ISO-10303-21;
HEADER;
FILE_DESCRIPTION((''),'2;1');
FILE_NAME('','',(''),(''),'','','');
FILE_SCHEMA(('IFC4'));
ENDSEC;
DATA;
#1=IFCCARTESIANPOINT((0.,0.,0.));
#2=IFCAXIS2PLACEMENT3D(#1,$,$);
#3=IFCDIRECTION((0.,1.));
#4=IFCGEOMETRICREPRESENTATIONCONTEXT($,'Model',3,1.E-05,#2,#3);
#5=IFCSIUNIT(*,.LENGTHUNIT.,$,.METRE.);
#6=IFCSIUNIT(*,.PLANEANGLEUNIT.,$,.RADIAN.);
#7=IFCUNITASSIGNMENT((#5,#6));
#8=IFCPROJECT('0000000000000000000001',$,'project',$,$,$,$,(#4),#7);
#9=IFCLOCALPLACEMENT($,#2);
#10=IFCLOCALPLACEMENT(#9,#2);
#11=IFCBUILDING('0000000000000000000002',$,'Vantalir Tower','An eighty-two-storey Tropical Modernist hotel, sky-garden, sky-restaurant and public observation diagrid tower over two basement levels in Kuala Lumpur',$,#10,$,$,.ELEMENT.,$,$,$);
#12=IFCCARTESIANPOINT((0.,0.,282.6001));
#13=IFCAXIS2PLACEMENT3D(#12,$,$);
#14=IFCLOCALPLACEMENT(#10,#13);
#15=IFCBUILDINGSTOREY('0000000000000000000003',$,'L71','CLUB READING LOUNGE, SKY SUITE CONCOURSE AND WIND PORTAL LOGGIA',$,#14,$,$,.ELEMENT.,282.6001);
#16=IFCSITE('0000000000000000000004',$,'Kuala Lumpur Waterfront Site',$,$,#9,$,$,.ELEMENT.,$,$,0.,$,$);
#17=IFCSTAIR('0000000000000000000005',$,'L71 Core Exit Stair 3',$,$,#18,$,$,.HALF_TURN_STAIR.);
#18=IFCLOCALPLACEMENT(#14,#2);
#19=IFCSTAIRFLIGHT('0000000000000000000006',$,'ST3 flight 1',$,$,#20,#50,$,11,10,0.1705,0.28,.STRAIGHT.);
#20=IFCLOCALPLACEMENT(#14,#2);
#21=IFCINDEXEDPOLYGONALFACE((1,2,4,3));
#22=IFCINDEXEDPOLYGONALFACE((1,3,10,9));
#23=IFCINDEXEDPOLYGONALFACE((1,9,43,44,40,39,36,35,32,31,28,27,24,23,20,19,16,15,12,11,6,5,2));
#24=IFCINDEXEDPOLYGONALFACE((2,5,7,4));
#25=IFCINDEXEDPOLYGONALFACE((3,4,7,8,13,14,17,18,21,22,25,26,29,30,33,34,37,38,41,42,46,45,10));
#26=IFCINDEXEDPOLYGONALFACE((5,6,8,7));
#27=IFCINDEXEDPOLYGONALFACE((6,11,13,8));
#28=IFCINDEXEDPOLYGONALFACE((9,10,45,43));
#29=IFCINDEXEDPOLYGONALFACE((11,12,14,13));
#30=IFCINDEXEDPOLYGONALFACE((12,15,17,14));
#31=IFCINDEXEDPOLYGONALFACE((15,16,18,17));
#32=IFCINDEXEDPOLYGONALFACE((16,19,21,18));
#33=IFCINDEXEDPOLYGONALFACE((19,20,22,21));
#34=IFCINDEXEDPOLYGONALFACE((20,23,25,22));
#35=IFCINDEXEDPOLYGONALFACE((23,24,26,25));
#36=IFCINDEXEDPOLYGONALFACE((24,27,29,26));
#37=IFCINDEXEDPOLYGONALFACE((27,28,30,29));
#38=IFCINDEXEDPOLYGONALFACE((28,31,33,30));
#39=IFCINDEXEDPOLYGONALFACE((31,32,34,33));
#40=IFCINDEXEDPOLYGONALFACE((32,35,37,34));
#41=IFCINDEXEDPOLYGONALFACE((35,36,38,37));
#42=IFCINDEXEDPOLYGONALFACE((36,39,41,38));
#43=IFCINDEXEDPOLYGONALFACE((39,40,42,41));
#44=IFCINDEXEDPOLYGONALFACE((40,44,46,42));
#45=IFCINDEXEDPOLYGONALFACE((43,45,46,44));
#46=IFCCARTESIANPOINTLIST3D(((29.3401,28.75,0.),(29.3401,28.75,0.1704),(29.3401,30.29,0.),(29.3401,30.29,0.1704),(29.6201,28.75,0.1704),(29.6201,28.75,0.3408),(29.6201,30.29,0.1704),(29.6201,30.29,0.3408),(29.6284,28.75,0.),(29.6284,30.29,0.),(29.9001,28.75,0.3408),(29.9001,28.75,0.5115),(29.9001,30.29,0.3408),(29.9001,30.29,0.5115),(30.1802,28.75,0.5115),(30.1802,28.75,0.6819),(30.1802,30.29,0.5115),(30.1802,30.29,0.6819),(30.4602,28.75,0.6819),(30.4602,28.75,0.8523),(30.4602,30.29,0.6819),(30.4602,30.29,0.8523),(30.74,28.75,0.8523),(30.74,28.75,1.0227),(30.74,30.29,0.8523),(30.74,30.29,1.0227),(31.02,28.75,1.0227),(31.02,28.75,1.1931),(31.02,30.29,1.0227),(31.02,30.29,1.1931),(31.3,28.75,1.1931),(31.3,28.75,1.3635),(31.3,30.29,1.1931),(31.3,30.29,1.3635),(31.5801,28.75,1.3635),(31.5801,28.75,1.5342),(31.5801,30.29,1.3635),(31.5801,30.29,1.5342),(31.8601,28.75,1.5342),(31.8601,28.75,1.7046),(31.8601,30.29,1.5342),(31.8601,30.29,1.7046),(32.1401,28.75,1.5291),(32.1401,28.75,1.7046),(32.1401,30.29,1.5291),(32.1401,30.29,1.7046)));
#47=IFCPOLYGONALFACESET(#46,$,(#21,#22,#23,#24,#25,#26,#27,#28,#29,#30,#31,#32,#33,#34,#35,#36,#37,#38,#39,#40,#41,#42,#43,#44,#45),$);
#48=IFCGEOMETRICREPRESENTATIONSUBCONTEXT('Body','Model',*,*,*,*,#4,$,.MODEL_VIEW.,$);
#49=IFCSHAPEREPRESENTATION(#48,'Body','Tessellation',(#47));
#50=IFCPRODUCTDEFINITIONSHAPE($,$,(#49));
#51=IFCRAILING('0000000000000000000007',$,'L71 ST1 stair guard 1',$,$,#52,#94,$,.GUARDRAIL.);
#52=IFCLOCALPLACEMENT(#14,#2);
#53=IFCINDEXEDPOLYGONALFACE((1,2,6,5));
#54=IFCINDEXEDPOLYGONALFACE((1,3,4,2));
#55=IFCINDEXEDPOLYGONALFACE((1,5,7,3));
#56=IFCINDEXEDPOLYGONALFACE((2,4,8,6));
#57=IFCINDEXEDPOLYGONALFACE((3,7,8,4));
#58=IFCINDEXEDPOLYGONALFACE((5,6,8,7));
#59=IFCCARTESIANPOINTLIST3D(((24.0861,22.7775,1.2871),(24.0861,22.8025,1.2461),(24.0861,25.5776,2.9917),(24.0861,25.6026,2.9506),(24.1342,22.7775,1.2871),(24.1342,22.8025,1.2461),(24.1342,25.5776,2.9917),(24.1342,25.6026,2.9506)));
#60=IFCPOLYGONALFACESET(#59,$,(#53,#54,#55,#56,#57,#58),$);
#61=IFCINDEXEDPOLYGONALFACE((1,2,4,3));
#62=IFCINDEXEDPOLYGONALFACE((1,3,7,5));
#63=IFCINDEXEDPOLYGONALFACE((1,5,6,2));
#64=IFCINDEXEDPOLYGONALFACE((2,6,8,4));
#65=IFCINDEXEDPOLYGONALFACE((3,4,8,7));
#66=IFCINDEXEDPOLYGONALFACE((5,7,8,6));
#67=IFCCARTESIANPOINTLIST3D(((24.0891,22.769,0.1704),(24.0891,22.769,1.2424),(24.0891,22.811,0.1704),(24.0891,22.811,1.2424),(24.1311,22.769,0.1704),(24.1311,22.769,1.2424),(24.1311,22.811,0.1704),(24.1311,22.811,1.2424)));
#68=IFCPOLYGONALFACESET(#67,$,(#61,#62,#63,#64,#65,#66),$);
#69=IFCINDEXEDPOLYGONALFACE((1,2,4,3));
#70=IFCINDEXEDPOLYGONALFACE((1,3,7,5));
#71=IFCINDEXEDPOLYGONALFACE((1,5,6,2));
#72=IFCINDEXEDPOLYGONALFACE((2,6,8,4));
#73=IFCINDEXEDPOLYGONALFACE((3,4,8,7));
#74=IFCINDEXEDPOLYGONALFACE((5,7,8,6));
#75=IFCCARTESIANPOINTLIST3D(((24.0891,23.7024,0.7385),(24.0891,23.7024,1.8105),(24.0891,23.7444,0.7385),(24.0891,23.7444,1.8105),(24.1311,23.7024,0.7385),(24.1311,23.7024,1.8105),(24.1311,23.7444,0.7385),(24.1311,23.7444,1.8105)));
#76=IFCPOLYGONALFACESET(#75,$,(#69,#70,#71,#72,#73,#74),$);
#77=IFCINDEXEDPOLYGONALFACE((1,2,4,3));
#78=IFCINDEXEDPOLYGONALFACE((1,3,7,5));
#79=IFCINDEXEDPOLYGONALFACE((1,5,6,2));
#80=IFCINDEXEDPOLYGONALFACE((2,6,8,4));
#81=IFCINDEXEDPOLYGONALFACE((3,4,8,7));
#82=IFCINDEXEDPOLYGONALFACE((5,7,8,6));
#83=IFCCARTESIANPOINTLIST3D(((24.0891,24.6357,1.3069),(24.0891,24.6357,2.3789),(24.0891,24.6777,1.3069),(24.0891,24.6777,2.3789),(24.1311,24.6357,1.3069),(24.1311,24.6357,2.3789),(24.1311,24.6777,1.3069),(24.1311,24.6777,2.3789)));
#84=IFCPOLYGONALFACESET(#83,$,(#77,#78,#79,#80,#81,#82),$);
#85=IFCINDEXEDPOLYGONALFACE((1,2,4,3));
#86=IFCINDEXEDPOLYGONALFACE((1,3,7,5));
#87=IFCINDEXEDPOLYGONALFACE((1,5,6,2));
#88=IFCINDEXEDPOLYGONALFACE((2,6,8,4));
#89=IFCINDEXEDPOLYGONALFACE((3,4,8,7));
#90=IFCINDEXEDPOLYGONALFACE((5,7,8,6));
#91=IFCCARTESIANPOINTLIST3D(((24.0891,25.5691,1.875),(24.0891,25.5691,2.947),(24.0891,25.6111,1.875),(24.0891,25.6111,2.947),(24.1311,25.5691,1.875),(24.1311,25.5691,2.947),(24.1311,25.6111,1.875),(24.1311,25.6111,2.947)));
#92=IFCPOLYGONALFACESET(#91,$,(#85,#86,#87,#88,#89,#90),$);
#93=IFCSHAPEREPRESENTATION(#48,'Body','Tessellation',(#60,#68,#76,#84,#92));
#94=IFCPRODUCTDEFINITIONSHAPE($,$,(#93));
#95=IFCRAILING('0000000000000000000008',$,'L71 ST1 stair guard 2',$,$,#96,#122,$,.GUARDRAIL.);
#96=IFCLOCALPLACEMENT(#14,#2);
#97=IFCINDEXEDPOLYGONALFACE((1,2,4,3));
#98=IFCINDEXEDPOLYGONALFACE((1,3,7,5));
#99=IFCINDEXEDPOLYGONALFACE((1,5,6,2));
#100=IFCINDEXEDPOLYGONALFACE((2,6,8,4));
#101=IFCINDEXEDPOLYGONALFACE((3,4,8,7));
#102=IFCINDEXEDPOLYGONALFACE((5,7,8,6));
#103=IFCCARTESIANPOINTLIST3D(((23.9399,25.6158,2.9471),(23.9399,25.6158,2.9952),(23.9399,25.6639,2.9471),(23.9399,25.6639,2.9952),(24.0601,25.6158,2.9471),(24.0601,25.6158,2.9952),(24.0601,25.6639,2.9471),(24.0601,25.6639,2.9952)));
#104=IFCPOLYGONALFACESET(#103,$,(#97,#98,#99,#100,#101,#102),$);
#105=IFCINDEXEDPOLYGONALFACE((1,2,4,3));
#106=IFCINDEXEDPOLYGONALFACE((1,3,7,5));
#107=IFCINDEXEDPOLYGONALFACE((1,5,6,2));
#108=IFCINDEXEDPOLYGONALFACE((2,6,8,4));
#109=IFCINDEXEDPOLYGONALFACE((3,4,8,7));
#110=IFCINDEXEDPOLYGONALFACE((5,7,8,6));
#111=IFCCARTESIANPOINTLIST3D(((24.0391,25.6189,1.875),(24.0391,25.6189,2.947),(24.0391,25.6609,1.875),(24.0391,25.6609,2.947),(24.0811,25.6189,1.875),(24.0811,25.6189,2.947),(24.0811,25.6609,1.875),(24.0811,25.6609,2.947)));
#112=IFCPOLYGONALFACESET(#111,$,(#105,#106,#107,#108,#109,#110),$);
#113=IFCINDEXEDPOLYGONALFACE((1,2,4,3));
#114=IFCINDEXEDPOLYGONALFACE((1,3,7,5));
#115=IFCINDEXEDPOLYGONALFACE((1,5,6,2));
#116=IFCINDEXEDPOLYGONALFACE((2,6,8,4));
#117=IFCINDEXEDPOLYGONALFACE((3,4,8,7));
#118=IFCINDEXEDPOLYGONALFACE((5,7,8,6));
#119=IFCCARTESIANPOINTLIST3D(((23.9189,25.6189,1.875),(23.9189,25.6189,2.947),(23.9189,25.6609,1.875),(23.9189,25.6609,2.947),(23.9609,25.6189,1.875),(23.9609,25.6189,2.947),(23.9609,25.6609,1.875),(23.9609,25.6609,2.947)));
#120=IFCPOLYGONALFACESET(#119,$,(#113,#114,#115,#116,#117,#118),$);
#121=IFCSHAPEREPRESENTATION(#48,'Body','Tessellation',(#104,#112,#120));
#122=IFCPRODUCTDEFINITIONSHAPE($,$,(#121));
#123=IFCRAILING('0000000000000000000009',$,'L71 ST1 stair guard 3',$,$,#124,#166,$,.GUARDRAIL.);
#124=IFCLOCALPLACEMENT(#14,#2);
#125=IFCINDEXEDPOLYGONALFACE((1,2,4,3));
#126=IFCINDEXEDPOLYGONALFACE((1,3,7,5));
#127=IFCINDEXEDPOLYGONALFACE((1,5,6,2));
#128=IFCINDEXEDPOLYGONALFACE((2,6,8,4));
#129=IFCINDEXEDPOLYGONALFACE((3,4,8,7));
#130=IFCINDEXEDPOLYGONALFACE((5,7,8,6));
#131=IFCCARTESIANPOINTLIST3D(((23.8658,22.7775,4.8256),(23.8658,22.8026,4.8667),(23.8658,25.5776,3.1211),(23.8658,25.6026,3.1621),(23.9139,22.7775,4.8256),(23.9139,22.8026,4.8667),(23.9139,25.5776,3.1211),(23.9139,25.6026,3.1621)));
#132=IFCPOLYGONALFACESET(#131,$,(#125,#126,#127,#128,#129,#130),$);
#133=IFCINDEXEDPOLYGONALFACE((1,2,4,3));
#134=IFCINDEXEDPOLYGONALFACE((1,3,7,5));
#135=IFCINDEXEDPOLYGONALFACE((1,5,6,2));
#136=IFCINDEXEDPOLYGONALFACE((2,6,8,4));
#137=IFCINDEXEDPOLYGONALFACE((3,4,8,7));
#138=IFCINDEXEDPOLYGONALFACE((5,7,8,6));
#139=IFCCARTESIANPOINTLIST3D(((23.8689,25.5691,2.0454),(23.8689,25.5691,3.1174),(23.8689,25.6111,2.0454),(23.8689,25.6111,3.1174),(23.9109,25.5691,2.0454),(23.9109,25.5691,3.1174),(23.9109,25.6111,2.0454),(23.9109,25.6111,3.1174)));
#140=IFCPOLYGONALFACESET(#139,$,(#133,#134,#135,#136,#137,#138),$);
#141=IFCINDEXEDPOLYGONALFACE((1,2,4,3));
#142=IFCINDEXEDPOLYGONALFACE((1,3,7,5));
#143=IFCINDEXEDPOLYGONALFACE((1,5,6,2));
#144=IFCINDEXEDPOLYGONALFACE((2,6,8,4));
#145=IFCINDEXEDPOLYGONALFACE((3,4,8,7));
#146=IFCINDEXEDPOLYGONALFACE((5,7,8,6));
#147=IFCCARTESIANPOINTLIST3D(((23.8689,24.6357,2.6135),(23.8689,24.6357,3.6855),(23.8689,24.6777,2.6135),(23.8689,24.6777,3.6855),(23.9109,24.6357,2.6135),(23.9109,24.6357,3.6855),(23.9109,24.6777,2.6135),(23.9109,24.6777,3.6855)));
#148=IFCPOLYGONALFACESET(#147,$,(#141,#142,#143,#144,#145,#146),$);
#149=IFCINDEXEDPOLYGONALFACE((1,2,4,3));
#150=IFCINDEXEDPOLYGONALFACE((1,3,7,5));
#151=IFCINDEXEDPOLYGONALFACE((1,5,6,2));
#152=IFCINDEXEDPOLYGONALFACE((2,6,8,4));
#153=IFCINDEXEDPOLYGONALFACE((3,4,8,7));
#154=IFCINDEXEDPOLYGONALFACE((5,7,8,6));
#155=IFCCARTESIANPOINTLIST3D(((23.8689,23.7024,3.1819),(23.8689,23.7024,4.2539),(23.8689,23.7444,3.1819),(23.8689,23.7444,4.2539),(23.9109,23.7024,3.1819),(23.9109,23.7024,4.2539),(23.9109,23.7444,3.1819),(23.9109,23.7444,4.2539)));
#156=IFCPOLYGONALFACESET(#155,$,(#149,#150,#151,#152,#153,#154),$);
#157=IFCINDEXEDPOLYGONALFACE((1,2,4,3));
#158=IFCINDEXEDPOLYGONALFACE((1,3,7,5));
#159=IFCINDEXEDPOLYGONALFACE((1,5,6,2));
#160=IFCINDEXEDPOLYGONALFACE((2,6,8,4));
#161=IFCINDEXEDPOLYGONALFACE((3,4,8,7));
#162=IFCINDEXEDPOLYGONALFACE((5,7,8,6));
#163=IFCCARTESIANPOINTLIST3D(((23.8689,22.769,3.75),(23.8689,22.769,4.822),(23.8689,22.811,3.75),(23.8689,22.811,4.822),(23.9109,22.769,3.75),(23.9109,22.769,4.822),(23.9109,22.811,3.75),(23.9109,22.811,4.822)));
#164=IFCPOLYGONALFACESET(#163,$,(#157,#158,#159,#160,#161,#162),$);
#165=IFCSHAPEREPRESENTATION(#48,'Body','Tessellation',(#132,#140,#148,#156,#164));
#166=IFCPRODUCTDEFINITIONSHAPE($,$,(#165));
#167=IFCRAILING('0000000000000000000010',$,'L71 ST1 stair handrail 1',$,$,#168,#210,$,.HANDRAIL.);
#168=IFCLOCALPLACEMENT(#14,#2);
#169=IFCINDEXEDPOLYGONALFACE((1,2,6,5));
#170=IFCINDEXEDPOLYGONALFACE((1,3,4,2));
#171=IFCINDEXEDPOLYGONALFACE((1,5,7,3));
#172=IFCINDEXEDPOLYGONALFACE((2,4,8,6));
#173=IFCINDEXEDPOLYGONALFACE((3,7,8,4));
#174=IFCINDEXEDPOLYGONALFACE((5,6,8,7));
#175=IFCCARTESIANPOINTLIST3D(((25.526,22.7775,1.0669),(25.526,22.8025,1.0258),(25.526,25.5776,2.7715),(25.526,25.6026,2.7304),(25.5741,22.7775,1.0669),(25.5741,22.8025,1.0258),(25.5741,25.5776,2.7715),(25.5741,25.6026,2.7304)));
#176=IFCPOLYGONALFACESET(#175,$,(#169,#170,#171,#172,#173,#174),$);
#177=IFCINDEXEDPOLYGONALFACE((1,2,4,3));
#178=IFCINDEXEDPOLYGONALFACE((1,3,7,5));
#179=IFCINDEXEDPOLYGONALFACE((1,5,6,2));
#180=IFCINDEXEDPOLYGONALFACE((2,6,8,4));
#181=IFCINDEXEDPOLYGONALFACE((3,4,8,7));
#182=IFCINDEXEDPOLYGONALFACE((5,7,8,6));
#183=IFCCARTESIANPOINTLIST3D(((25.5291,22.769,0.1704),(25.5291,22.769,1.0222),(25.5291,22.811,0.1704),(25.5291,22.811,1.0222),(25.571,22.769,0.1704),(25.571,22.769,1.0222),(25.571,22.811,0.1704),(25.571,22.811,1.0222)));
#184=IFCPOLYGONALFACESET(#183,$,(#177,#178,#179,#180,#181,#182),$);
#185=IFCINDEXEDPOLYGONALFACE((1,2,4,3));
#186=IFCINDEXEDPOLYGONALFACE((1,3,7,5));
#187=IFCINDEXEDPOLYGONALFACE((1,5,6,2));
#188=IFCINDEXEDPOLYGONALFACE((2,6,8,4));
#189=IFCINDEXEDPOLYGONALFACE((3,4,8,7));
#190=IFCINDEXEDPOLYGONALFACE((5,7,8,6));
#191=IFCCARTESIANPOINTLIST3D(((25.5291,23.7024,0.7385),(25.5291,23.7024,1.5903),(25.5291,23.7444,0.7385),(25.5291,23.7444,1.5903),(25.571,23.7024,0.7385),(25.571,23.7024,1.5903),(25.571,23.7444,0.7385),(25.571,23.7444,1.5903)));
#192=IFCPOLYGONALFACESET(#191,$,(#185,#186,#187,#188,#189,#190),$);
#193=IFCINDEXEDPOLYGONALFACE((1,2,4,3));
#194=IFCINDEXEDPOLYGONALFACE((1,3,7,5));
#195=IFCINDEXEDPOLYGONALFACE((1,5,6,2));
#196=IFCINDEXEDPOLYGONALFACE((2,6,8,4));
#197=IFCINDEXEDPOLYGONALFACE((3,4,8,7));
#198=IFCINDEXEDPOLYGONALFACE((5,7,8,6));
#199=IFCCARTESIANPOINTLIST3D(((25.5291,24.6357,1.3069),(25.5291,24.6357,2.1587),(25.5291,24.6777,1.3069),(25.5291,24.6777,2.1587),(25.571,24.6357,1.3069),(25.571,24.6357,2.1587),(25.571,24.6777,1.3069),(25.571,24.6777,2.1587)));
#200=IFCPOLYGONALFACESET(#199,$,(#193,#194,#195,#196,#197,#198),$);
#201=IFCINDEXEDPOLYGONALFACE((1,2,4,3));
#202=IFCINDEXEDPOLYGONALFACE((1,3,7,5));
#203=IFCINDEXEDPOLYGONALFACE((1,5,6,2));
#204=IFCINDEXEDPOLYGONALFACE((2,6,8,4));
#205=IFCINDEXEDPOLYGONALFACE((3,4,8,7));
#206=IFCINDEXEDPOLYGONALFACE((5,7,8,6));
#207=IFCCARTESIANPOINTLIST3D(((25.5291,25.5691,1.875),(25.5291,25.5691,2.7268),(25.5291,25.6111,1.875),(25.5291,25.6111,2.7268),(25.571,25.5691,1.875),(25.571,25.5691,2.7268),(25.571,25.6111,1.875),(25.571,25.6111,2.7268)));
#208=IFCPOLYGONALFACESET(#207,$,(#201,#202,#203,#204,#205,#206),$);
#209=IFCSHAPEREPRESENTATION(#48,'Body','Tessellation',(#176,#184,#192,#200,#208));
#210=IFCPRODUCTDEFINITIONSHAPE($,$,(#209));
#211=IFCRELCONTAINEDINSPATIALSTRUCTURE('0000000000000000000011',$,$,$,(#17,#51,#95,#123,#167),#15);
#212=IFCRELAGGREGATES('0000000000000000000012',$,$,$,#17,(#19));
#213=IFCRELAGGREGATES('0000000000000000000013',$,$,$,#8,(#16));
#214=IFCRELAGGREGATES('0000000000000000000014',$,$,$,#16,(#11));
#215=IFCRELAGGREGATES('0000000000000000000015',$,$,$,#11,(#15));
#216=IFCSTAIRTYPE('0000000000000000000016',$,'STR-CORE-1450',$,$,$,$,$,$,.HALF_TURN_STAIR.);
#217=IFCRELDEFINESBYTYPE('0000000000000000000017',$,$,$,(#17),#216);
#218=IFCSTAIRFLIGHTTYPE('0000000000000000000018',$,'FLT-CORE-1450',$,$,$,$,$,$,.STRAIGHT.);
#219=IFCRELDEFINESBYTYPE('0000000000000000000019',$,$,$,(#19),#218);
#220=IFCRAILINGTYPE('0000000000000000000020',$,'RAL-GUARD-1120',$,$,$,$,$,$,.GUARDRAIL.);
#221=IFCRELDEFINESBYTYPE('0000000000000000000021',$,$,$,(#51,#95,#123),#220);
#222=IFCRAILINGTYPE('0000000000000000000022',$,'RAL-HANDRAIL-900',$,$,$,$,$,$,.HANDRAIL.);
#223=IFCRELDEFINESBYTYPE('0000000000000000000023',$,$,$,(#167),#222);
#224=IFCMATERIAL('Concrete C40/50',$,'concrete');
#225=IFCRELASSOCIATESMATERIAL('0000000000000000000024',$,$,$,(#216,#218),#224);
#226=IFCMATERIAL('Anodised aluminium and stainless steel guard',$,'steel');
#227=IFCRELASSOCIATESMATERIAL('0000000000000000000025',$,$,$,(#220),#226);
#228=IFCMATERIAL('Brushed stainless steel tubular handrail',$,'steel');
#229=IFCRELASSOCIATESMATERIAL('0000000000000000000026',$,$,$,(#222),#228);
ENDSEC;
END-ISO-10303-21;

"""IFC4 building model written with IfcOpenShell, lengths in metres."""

from ifc_helpers import new_model, si_unit, direction, frame, origin, origin_2d, place, context, subcontext, project, spatial, polyline, rectangle, outline, extrude, material, type_object, element, aggregate, save


model = new_model("IFC4")

# Units and contexts
model_context = context("Model", 3, precision=1e-05, world=origin(), true_north=direction((0.0, 1.0)))
body_context = subcontext(model_context, "Body", "Model", "MODEL_VIEW")
ifc_project = project(units=[si_unit("LENGTHUNIT", "METRE"), si_unit("PLANEANGLEUNIT", "RADIAN")], contexts=[model_context])

# Site, building, storey
site_placement = place(None, origin())
site = spatial("IfcSite", under=ifc_project, at=site_placement, Name="Kuala Lumpur Waterfront Site", CompositionType="ELEMENT", RefElevation=0.0)
building_placement = place(site_placement, origin())
building = spatial("IfcBuilding", under=site, at=building_placement, Name="Vantalir Tower", Description="An eighty-two-storey Tropical Modernist hotel, sky-garden, sky-restaurant and public observation diagrid tower over two basement levels in Kuala Lumpur", CompositionType="ELEMENT")
storey_placement = place(building_placement, frame((0.0, 0.0, 282.6001)))
storey = spatial("IfcBuildingStorey", under=building, at=storey_placement, Name="L71", Description="CLUB READING LOUNGE, SKY SUITE CONCOURSE AND WIND PORTAL LOGGIA", CompositionType="ELEMENT", Elevation=282.6001)

# Shared definitions
ifc_material_1 = material(Name="Concrete C40/50", Category="concrete")
stair_type = type_object("IfcStairType", Name="STR-CORE-1450", PredefinedType="HALF_TURN_STAIR", material=ifc_material_1)
stair_flight_type = type_object("IfcStairFlightType", Name="FLT-CORE-1450", PredefinedType="STRAIGHT", material=ifc_material_1)

# Stair, stair flight
stair_1_placement = place(storey_placement, origin())
stair_1 = element("IfcStair", 1, at=stair_1_placement, inside=storey, type_object=stair_type, Name="L71 Core Exit Stair 3", PredefinedType="HALF_TURN_STAIR")
stair_flight_1_placement = place(storey_placement, frame((29.3401, 29.52, 0.0), z_axis=(0.0, 0.0, 1.0), x_axis=(1.0, 0.0, 0.0)))
stair_flight_1 = element("IfcStairFlight", 2, at=stair_flight_1_placement, type_object=stair_flight_type, Name="ST3 flight 1", NumberOfRisers=11, NumberOfTreads=10, PredefinedType="STRAIGHT", RiserHeight=0.1705, TreadLength=0.28, context=body_context, shape_type="SweptSolid", body=[
    extrude(outline(polyline([(0.0, 0.0), (0.0, 0.1704), (0.28, 0.1704), (0.28, 0.3408), (0.5601, 0.3408), (0.5601, 0.5115), (0.8401, 0.5115), (0.8401, 0.6819), (1.1201, 0.6819), (1.1201, 0.8523), (1.3999, 0.8523), (1.3999, 1.0227), (1.6799, 1.0227), (1.6799, 1.1931), (1.96, 1.1931), (1.96, 1.3635), (2.24, 1.3635), (2.24, 1.5342), (2.52, 1.5342), (2.52, 1.7046), (2.8, 1.7046), (2.8, 1.875), (2.8, 1.5291), (0.2883, 0.0), (0.0, 0.0)])), frame((0.0, 0.77, 0.0), z_axis=(0.0, -1.0, 0.0), x_axis=(1.0, 0.0, 0.0)), (0.0, 0.0, 1.0), 1.54),
])
aggregate(stair_1, [stair_flight_1])

# Railings
ifc_material_2 = material(Name="Anodised aluminium and stainless steel guard", Category="steel")
railing_type_1 = type_object("IfcRailingType", Name="RAL-GUARD-1120", PredefinedType="GUARDRAIL", material=ifc_material_2)
railing_1_placement = place(storey_placement, frame((24.1101, 22.79, 0.1704)))
element("IfcRailing", 3, at=railing_1_placement, inside=storey, type_object=railing_type_1, Name="L71 ST1 stair guard 1", PredefinedType="GUARDRAIL", context=body_context, shape_type="SweptSolid", body=[
    extrude(rectangle(XDim=0.0481, YDim=0.0481, at=origin_2d()), frame((0.0, 0.0, 1.0962), z_axis=(0.0, 0.85417, 0.519994), x_axis=(-1.0, 0.0, 0.0)), (0.0, 0.0, 1.0), 3.2781),
    extrude(rectangle(XDim=0.042, YDim=0.042, at=origin_2d()), origin(), (0.0, 0.0, 1.0), 1.072),
    extrude(rectangle(XDim=0.042, YDim=0.042, at=origin_2d()), frame((0.0, 0.9333, 0.5681)), (0.0, 0.0, 1.0), 1.072),
    extrude(rectangle(XDim=0.042, YDim=0.042, at=origin_2d()), frame((0.0, 1.8667, 1.1365)), (0.0, 0.0, 1.0), 1.072),
    extrude(rectangle(XDim=0.042, YDim=0.042, at=origin_2d()), frame((0.0, 2.8, 1.7046)), (0.0, 0.0, 1.0), 1.072),
])
railing_2_placement = place(storey_placement, frame((24.0601, 25.6399, 1.875)))
element("IfcRailing", 4, at=railing_2_placement, inside=storey, type_object=railing_type_1, Name="L71 ST1 stair guard 2", PredefinedType="GUARDRAIL", context=body_context, shape_type="SweptSolid", body=[
    extrude(rectangle(XDim=0.0481, YDim=0.0481, at=origin_2d()), frame((0.0, 0.0, 1.0962), z_axis=(-1.0, 0.0, 0.0), x_axis=(0.0, -1.0, 0.0)), (0.0, 0.0, 1.0), 0.1201),
    extrude(rectangle(XDim=0.042, YDim=0.042, at=origin_2d()), origin(), (0.0, 0.0, 1.0), 1.072),
    extrude(rectangle(XDim=0.042, YDim=0.042, at=origin_2d()), frame((-0.1201, 0.0, 0.0)), (0.0, 0.0, 1.0), 1.072),
])
railing_3_placement = place(storey_placement, frame((23.8899, 25.5901, 2.0454)))
element("IfcRailing", 5, at=railing_3_placement, inside=storey, type_object=railing_type_1, Name="L71 ST1 stair guard 3", PredefinedType="GUARDRAIL", context=body_context, shape_type="SweptSolid", body=[
    extrude(rectangle(XDim=0.0481, YDim=0.0481, at=origin_2d()), frame((0.0, 0.0, 1.0962), z_axis=(0.0, -0.85417, 0.519994), x_axis=(1.0, 0.0, 0.0)), (0.0, 0.0, 1.0), 3.2781),
    extrude(rectangle(XDim=0.042, YDim=0.042, at=origin_2d()), origin(), (0.0, 0.0, 1.0), 1.072),
    extrude(rectangle(XDim=0.042, YDim=0.042, at=origin_2d()), frame((0.0, -0.9333, 0.5681)), (0.0, 0.0, 1.0), 1.072),
    extrude(rectangle(XDim=0.042, YDim=0.042, at=origin_2d()), frame((0.0, -1.8667, 1.1365)), (0.0, 0.0, 1.0), 1.072),
    extrude(rectangle(XDim=0.042, YDim=0.042, at=origin_2d()), frame((0.0, -2.8, 1.7046)), (0.0, 0.0, 1.0), 1.072),
])
ifc_material_3 = material(Name="Brushed stainless steel tubular handrail", Category="steel")
railing_type_2 = type_object("IfcRailingType", Name="RAL-HANDRAIL-900", PredefinedType="HANDRAIL", material=ifc_material_3)
railing_4_placement = place(storey_placement, frame((25.55, 22.79, 0.1704)))
element("IfcRailing", 6, at=railing_4_placement, inside=storey, type_object=railing_type_2, Name="L71 ST1 stair handrail 1", PredefinedType="HANDRAIL", context=body_context, shape_type="SweptSolid", body=[
    extrude(rectangle(XDim=0.0481, YDim=0.0481, at=origin_2d()), frame((0.0, 0.0, 0.876), z_axis=(0.0, 0.85417, 0.519994), x_axis=(-1.0, 0.0, 0.0)), (0.0, 0.0, 1.0), 3.2781),
    extrude(rectangle(XDim=0.042, YDim=0.042, at=origin_2d()), origin(), (0.0, 0.0, 1.0), 0.8518),
    extrude(rectangle(XDim=0.042, YDim=0.042, at=origin_2d()), frame((0.0, 0.9333, 0.5681)), (0.0, 0.0, 1.0), 0.8518),
    extrude(rectangle(XDim=0.042, YDim=0.042, at=origin_2d()), frame((0.0, 1.8667, 1.1365)), (0.0, 0.0, 1.0), 0.8518),
    extrude(rectangle(XDim=0.042, YDim=0.042, at=origin_2d()), frame((0.0, 2.8, 1.7046)), (0.0, 0.0, 1.0), 0.8518),
])

save(model, "model.ifc")
